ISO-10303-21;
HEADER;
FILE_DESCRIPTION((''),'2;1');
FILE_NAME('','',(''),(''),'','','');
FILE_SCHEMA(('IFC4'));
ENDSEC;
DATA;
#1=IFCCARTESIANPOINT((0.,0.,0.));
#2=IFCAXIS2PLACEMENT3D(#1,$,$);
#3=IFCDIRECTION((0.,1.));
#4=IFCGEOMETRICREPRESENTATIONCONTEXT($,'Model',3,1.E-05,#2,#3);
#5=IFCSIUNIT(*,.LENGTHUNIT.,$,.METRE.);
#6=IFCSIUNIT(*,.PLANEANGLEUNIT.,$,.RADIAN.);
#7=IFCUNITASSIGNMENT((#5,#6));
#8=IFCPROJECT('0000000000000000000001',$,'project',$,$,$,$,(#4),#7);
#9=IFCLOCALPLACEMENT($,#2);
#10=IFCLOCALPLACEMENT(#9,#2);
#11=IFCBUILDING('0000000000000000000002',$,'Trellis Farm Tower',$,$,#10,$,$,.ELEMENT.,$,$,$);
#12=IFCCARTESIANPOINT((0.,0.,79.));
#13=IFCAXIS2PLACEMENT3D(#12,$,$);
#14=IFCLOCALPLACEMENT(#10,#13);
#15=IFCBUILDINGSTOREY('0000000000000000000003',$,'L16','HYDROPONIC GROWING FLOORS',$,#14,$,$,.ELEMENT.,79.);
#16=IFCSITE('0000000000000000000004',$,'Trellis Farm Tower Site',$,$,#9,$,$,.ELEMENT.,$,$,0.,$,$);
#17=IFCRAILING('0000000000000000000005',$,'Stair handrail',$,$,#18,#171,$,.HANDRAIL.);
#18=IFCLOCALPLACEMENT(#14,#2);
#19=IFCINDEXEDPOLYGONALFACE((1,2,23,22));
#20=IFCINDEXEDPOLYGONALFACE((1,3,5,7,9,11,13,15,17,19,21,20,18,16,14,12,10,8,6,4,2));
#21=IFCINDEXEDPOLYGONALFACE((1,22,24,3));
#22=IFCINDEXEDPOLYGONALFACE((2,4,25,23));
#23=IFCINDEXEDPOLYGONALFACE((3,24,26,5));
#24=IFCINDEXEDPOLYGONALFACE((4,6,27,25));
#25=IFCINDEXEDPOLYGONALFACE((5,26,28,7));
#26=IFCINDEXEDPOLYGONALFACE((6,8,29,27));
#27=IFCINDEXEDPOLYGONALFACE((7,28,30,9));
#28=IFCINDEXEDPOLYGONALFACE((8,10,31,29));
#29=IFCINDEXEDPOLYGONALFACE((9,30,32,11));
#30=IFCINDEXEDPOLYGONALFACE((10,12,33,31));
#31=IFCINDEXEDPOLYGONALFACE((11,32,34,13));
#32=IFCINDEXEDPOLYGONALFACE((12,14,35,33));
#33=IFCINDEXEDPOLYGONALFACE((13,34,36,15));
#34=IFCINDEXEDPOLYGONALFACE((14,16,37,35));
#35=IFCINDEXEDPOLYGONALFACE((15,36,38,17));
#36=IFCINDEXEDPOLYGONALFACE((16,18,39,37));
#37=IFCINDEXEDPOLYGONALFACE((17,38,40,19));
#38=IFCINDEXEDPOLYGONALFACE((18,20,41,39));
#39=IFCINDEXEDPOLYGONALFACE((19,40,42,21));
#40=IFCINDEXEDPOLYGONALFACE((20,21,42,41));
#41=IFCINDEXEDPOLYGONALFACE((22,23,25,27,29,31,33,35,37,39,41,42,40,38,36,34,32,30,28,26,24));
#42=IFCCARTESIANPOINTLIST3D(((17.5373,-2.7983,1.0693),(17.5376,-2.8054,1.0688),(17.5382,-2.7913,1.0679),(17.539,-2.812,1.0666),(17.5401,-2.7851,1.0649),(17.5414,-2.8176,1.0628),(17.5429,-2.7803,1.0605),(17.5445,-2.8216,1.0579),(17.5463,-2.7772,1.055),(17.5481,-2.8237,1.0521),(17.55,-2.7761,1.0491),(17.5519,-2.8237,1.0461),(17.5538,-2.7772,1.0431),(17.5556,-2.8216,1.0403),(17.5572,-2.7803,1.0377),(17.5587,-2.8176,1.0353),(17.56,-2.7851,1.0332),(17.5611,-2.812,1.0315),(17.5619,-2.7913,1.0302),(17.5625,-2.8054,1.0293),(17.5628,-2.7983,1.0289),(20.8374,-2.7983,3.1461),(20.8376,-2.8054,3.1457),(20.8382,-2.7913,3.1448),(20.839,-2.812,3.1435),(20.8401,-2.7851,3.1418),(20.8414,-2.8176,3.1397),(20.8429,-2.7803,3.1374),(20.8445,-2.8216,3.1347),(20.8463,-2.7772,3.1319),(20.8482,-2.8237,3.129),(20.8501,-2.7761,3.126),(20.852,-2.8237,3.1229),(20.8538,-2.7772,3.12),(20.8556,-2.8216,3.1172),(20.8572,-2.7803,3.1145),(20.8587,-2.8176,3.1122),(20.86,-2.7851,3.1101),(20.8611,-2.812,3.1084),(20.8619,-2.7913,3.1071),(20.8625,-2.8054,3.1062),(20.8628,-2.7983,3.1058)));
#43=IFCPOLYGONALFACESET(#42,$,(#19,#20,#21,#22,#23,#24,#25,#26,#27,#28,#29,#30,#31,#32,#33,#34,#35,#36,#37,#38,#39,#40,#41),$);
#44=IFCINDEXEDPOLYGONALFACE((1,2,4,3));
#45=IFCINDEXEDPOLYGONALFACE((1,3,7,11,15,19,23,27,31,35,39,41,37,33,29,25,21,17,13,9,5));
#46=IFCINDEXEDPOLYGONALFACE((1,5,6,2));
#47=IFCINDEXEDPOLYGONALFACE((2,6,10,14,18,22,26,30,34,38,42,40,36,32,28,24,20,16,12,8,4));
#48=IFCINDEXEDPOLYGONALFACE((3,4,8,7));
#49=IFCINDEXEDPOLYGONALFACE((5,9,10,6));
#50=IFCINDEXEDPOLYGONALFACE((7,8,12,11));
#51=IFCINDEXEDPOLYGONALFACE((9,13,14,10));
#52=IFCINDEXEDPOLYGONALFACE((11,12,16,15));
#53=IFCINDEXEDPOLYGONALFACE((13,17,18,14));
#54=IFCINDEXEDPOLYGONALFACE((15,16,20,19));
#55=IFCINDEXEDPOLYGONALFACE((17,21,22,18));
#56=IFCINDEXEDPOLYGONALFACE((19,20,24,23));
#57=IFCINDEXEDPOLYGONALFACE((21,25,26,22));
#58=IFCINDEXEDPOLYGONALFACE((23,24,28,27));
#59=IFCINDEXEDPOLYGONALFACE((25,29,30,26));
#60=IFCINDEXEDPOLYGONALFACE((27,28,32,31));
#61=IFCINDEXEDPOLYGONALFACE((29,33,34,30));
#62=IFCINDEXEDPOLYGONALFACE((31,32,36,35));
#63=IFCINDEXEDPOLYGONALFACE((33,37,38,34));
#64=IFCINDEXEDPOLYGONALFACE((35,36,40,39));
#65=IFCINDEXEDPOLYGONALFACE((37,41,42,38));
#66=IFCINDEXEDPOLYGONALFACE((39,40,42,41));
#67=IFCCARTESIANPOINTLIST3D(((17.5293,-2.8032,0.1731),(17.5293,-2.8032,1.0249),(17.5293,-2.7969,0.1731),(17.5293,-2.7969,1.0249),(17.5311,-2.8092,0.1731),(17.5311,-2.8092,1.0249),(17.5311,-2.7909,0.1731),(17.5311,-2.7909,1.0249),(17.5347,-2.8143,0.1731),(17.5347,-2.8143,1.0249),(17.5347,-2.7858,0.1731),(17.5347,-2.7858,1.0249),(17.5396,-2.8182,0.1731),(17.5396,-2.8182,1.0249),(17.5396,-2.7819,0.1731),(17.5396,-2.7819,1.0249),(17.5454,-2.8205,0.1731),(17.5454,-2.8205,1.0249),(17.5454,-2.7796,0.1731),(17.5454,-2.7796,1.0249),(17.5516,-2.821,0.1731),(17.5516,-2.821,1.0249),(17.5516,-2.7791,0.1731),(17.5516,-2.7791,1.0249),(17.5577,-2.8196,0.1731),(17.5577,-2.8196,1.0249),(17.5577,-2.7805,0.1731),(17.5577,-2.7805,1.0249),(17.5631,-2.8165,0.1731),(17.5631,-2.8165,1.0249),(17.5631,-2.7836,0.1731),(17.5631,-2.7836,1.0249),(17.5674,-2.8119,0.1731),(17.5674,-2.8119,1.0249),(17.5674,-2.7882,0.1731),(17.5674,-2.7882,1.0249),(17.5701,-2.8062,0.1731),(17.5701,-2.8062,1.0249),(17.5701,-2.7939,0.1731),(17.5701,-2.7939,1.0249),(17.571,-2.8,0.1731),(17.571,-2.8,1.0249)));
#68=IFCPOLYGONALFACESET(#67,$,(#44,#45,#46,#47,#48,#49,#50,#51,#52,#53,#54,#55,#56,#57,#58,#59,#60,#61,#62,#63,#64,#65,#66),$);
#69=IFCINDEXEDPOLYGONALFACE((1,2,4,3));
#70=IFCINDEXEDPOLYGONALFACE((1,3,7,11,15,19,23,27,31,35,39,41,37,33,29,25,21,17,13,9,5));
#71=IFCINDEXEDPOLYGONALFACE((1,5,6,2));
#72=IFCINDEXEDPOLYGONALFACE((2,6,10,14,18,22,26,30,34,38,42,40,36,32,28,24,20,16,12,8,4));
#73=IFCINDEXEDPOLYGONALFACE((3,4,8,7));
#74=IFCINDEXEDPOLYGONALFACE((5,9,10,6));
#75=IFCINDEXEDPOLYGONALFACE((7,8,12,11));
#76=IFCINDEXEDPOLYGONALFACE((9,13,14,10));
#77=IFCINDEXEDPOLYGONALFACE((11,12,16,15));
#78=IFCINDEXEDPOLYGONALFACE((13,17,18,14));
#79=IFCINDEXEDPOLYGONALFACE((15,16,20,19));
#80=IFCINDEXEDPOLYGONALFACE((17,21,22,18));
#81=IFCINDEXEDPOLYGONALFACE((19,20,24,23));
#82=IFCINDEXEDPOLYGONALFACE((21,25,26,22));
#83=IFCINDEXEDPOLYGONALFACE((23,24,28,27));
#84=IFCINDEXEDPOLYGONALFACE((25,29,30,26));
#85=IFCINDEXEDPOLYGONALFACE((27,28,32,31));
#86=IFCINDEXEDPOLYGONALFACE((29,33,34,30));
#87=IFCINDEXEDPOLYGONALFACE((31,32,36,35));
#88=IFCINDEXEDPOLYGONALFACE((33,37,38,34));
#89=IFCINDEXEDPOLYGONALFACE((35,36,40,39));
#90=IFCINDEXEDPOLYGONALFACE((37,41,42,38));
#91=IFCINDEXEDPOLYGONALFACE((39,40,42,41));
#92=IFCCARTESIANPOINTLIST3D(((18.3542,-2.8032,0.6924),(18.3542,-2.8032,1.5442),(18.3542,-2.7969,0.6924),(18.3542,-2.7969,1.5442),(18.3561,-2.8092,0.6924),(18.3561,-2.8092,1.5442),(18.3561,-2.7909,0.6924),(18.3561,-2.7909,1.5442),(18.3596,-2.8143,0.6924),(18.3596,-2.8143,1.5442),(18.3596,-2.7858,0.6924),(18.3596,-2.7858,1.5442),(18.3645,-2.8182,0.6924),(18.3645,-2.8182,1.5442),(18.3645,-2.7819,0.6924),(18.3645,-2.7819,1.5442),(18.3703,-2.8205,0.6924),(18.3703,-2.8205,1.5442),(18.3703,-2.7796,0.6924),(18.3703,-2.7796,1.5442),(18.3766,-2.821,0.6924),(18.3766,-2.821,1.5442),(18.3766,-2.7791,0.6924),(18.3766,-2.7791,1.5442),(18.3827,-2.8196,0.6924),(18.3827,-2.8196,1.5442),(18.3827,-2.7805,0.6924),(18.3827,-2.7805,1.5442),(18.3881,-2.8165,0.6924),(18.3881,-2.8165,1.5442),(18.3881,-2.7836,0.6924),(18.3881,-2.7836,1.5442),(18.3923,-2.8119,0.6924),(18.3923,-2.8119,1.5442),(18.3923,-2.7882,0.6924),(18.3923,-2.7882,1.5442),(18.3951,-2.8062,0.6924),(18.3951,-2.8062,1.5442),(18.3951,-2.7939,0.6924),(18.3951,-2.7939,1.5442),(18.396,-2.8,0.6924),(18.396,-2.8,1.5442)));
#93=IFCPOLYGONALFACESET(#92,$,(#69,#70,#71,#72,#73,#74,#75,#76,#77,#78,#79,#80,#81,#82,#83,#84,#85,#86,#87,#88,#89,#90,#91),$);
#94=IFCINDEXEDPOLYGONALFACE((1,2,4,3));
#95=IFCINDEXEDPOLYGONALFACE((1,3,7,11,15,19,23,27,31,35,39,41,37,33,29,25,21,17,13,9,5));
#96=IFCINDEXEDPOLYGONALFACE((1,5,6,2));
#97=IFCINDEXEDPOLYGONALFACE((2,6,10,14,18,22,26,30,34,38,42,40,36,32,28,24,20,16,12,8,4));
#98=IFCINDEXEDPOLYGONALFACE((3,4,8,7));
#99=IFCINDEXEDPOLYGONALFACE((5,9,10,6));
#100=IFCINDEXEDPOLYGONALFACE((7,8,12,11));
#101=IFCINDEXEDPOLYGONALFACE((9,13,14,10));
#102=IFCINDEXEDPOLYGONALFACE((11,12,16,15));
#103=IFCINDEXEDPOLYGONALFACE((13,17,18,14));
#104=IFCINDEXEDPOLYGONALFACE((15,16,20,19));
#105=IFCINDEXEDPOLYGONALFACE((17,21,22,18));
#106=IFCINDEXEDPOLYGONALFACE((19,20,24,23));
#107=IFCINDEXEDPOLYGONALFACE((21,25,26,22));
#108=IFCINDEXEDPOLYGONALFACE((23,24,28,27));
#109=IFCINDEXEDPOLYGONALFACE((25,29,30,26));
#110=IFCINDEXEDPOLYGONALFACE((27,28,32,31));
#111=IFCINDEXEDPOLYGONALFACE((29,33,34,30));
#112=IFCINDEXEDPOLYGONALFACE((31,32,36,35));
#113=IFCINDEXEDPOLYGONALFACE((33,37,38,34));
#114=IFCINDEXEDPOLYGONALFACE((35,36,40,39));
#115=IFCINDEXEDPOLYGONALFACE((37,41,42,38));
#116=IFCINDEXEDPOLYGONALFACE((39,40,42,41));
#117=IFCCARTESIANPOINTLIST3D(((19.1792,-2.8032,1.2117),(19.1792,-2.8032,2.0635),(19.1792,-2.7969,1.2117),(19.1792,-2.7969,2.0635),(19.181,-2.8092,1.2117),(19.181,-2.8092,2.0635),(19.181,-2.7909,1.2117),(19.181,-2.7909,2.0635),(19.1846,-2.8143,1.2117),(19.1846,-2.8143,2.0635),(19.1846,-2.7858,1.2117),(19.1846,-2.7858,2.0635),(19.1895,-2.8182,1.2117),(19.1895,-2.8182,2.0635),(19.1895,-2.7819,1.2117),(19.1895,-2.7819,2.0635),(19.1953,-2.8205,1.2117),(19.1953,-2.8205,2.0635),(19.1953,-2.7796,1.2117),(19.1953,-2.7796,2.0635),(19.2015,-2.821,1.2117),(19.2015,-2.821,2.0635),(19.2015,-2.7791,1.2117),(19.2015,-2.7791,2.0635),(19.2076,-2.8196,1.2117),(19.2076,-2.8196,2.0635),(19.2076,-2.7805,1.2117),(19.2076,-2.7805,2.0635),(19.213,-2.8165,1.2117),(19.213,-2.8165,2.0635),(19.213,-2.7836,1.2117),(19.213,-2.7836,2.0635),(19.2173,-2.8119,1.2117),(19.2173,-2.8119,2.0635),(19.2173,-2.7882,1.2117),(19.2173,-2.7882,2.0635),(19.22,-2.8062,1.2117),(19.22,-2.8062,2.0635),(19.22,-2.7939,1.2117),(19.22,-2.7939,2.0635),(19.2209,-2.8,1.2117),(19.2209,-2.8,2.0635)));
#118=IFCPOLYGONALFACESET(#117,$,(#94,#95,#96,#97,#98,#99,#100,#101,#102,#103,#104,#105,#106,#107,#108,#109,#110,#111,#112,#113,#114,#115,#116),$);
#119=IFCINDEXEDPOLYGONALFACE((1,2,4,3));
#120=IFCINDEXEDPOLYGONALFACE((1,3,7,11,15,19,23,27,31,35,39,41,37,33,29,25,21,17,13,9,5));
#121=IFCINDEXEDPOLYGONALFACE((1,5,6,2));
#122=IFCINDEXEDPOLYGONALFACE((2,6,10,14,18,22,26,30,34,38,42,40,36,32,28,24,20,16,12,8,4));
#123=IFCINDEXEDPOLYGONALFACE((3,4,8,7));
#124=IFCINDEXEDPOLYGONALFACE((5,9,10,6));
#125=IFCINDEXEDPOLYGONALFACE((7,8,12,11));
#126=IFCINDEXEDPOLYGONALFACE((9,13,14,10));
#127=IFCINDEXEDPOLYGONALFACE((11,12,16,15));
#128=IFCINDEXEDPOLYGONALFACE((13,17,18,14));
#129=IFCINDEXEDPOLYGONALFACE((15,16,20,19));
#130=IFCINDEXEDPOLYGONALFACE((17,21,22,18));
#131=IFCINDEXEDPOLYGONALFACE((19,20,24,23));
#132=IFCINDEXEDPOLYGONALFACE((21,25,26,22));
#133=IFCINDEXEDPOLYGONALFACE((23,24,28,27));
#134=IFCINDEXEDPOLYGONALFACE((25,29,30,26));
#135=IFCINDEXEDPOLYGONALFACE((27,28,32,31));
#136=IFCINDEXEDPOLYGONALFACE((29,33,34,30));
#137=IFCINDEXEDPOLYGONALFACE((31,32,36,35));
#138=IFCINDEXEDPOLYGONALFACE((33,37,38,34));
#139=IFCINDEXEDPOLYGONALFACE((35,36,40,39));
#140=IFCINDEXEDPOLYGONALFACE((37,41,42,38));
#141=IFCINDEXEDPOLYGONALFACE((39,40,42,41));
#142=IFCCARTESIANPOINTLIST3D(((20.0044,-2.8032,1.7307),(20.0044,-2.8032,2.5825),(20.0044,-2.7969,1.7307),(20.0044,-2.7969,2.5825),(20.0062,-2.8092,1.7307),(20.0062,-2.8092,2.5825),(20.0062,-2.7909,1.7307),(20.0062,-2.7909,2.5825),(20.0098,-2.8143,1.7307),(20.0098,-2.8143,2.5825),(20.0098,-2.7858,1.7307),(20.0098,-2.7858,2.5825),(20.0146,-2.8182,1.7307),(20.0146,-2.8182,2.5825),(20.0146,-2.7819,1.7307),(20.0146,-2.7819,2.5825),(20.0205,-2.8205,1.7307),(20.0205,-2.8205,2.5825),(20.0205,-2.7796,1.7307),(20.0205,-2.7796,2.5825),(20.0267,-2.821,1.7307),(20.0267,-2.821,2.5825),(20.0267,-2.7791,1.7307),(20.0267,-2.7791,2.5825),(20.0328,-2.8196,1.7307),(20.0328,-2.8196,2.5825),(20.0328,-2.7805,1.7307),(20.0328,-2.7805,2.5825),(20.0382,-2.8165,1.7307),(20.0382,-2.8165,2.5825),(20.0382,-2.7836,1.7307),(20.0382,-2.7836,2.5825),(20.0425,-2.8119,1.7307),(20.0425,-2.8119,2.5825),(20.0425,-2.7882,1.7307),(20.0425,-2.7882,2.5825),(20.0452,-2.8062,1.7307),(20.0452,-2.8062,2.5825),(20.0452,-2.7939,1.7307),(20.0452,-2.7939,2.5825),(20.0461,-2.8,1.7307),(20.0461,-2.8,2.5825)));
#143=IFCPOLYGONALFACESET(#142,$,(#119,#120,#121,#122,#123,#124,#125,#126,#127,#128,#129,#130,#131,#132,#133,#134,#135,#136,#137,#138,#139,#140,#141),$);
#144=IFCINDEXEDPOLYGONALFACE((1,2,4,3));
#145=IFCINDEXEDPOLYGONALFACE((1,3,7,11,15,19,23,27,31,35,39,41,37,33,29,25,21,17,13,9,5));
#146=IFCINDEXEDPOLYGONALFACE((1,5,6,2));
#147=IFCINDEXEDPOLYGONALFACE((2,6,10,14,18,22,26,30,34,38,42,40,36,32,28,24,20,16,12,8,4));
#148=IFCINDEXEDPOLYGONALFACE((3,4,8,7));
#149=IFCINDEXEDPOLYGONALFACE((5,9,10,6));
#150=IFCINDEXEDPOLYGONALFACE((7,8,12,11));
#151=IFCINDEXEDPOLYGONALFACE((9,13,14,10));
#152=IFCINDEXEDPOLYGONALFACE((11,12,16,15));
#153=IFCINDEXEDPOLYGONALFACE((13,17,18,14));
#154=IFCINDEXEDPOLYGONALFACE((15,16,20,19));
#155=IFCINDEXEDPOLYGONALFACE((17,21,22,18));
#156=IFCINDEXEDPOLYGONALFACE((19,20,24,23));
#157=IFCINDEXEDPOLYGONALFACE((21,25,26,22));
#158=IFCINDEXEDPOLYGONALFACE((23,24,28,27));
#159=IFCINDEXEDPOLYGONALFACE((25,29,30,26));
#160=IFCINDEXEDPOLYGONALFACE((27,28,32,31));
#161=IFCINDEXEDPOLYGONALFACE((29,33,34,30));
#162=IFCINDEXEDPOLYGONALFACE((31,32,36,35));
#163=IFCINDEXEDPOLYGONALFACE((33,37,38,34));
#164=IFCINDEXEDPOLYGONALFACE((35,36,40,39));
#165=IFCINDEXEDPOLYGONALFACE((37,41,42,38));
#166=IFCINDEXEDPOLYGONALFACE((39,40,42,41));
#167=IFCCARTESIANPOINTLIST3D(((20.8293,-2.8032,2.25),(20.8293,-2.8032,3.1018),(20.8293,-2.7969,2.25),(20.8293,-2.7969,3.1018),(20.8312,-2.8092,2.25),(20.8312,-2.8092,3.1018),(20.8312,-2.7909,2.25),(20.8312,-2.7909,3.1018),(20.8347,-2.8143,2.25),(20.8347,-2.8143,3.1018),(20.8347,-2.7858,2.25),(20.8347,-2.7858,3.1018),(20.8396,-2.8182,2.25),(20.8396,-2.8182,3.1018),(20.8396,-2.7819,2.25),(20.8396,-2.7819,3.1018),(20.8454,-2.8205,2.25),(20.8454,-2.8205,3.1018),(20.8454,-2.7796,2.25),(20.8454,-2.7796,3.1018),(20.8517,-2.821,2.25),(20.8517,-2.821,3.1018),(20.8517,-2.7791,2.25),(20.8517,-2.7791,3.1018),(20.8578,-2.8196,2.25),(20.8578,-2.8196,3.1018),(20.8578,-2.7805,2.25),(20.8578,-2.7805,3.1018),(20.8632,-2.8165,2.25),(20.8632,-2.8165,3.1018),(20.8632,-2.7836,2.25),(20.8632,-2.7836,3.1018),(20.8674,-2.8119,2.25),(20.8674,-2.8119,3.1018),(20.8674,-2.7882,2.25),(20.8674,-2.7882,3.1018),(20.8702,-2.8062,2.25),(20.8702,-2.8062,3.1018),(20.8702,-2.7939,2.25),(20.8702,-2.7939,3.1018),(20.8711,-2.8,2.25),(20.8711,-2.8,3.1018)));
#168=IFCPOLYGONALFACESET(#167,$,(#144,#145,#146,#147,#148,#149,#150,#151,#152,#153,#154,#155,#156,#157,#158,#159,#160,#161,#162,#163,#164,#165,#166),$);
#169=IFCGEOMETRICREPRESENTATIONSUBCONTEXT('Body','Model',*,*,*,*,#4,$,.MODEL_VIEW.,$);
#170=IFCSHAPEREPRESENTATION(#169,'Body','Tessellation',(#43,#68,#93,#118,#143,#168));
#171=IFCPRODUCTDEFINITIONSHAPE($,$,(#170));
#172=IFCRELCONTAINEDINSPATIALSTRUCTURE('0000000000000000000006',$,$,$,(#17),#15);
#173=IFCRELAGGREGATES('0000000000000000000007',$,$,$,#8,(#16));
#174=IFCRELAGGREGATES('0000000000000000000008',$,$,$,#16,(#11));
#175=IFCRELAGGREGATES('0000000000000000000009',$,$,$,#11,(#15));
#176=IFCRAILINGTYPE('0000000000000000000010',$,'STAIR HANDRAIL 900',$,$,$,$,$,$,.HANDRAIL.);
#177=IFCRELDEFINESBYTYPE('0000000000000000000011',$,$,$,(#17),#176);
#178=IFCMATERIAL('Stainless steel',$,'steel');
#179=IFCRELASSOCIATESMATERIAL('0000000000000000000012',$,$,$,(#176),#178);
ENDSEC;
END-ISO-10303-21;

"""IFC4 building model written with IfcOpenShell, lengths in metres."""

from ifc_helpers import new_model, si_unit, direction, frame, origin, origin_2d, place, context, subcontext, project, spatial, circle, extrude, source, transform, mapped, material, type_object, element, save


model = new_model("IFC4")

# Units and contexts
model_context = context("Model", 3, precision=1e-05, world=origin(), true_north=direction((0.0, 1.0)))
body_context = subcontext(model_context, "Body", "Model", "MODEL_VIEW")
ifc_project = project(units=[si_unit("LENGTHUNIT", "METRE"), si_unit("PLANEANGLEUNIT", "RADIAN")], contexts=[model_context])

# Site, building, storey
site_placement = place(None, origin())
site = spatial("IfcSite", under=ifc_project, at=site_placement, Name="Trellis Farm Tower Site", CompositionType="ELEMENT", RefElevation=0.0)
building_placement = place(site_placement, origin())
building = spatial("IfcBuilding", under=site, at=building_placement, Name="Trellis Farm Tower", CompositionType="ELEMENT")
storey_placement = place(building_placement, frame((0.0, 0.0, 79.0)))
storey = spatial("IfcBuildingStorey", under=building, at=storey_placement, Name="L16", Description="HYDROPONIC GROWING FLOORS", CompositionType="ELEMENT", Elevation=79.0)

# Shared definitions
ifc_material_1 = material(Name="Stainless steel", Category="steel")

# Railing
railing_type = type_object("IfcRailingType", Name="STAIR HANDRAIL 900", PredefinedType="HANDRAIL", material=ifc_material_1)
shared_shape_1 = source(origin(), body_context, "Body", "SweptSolid", [
    extrude(circle(Radius=0.0239, at=origin_2d()), frame((0.0, 0.0, 0.876), z_axis=(0.846337, 0.0, 0.532647), x_axis=(0.0, 1.0, 0.0)), (0.0, 0.0, 1.0), 3.8992),
    extrude(circle(Radius=0.021, at=origin_2d()), origin(), (0.0, 0.0, 1.0), 0.8518),
    extrude(circle(Radius=0.021, at=origin_2d()), frame((0.825, 0.0, 0.5193)), (0.0, 0.0, 1.0), 0.8518),
    extrude(circle(Radius=0.021, at=origin_2d()), frame((1.6499, 0.0, 1.0386)), (0.0, 0.0, 1.0), 0.8518),
    extrude(circle(Radius=0.021, at=origin_2d()), frame((2.4751, 0.0, 1.5576)), (0.0, 0.0, 1.0), 0.8518),
    extrude(circle(Radius=0.021, at=origin_2d()), frame((3.3, 0.0, 2.0769)), (0.0, 0.0, 1.0), 0.8518),
])
railing_placement = place(storey_placement, frame((17.55, -2.8, 0.1731)))
element("IfcRailing", 1, at=railing_placement, inside=storey, type_object=railing_type, Name="Stair handrail", PredefinedType="HANDRAIL", context=body_context, shape_type="MappedRepresentation", body=[
    mapped(shared_shape_1, transform((0.0, 0.0, 0.0))),
])

save(model, "model.ifc")
